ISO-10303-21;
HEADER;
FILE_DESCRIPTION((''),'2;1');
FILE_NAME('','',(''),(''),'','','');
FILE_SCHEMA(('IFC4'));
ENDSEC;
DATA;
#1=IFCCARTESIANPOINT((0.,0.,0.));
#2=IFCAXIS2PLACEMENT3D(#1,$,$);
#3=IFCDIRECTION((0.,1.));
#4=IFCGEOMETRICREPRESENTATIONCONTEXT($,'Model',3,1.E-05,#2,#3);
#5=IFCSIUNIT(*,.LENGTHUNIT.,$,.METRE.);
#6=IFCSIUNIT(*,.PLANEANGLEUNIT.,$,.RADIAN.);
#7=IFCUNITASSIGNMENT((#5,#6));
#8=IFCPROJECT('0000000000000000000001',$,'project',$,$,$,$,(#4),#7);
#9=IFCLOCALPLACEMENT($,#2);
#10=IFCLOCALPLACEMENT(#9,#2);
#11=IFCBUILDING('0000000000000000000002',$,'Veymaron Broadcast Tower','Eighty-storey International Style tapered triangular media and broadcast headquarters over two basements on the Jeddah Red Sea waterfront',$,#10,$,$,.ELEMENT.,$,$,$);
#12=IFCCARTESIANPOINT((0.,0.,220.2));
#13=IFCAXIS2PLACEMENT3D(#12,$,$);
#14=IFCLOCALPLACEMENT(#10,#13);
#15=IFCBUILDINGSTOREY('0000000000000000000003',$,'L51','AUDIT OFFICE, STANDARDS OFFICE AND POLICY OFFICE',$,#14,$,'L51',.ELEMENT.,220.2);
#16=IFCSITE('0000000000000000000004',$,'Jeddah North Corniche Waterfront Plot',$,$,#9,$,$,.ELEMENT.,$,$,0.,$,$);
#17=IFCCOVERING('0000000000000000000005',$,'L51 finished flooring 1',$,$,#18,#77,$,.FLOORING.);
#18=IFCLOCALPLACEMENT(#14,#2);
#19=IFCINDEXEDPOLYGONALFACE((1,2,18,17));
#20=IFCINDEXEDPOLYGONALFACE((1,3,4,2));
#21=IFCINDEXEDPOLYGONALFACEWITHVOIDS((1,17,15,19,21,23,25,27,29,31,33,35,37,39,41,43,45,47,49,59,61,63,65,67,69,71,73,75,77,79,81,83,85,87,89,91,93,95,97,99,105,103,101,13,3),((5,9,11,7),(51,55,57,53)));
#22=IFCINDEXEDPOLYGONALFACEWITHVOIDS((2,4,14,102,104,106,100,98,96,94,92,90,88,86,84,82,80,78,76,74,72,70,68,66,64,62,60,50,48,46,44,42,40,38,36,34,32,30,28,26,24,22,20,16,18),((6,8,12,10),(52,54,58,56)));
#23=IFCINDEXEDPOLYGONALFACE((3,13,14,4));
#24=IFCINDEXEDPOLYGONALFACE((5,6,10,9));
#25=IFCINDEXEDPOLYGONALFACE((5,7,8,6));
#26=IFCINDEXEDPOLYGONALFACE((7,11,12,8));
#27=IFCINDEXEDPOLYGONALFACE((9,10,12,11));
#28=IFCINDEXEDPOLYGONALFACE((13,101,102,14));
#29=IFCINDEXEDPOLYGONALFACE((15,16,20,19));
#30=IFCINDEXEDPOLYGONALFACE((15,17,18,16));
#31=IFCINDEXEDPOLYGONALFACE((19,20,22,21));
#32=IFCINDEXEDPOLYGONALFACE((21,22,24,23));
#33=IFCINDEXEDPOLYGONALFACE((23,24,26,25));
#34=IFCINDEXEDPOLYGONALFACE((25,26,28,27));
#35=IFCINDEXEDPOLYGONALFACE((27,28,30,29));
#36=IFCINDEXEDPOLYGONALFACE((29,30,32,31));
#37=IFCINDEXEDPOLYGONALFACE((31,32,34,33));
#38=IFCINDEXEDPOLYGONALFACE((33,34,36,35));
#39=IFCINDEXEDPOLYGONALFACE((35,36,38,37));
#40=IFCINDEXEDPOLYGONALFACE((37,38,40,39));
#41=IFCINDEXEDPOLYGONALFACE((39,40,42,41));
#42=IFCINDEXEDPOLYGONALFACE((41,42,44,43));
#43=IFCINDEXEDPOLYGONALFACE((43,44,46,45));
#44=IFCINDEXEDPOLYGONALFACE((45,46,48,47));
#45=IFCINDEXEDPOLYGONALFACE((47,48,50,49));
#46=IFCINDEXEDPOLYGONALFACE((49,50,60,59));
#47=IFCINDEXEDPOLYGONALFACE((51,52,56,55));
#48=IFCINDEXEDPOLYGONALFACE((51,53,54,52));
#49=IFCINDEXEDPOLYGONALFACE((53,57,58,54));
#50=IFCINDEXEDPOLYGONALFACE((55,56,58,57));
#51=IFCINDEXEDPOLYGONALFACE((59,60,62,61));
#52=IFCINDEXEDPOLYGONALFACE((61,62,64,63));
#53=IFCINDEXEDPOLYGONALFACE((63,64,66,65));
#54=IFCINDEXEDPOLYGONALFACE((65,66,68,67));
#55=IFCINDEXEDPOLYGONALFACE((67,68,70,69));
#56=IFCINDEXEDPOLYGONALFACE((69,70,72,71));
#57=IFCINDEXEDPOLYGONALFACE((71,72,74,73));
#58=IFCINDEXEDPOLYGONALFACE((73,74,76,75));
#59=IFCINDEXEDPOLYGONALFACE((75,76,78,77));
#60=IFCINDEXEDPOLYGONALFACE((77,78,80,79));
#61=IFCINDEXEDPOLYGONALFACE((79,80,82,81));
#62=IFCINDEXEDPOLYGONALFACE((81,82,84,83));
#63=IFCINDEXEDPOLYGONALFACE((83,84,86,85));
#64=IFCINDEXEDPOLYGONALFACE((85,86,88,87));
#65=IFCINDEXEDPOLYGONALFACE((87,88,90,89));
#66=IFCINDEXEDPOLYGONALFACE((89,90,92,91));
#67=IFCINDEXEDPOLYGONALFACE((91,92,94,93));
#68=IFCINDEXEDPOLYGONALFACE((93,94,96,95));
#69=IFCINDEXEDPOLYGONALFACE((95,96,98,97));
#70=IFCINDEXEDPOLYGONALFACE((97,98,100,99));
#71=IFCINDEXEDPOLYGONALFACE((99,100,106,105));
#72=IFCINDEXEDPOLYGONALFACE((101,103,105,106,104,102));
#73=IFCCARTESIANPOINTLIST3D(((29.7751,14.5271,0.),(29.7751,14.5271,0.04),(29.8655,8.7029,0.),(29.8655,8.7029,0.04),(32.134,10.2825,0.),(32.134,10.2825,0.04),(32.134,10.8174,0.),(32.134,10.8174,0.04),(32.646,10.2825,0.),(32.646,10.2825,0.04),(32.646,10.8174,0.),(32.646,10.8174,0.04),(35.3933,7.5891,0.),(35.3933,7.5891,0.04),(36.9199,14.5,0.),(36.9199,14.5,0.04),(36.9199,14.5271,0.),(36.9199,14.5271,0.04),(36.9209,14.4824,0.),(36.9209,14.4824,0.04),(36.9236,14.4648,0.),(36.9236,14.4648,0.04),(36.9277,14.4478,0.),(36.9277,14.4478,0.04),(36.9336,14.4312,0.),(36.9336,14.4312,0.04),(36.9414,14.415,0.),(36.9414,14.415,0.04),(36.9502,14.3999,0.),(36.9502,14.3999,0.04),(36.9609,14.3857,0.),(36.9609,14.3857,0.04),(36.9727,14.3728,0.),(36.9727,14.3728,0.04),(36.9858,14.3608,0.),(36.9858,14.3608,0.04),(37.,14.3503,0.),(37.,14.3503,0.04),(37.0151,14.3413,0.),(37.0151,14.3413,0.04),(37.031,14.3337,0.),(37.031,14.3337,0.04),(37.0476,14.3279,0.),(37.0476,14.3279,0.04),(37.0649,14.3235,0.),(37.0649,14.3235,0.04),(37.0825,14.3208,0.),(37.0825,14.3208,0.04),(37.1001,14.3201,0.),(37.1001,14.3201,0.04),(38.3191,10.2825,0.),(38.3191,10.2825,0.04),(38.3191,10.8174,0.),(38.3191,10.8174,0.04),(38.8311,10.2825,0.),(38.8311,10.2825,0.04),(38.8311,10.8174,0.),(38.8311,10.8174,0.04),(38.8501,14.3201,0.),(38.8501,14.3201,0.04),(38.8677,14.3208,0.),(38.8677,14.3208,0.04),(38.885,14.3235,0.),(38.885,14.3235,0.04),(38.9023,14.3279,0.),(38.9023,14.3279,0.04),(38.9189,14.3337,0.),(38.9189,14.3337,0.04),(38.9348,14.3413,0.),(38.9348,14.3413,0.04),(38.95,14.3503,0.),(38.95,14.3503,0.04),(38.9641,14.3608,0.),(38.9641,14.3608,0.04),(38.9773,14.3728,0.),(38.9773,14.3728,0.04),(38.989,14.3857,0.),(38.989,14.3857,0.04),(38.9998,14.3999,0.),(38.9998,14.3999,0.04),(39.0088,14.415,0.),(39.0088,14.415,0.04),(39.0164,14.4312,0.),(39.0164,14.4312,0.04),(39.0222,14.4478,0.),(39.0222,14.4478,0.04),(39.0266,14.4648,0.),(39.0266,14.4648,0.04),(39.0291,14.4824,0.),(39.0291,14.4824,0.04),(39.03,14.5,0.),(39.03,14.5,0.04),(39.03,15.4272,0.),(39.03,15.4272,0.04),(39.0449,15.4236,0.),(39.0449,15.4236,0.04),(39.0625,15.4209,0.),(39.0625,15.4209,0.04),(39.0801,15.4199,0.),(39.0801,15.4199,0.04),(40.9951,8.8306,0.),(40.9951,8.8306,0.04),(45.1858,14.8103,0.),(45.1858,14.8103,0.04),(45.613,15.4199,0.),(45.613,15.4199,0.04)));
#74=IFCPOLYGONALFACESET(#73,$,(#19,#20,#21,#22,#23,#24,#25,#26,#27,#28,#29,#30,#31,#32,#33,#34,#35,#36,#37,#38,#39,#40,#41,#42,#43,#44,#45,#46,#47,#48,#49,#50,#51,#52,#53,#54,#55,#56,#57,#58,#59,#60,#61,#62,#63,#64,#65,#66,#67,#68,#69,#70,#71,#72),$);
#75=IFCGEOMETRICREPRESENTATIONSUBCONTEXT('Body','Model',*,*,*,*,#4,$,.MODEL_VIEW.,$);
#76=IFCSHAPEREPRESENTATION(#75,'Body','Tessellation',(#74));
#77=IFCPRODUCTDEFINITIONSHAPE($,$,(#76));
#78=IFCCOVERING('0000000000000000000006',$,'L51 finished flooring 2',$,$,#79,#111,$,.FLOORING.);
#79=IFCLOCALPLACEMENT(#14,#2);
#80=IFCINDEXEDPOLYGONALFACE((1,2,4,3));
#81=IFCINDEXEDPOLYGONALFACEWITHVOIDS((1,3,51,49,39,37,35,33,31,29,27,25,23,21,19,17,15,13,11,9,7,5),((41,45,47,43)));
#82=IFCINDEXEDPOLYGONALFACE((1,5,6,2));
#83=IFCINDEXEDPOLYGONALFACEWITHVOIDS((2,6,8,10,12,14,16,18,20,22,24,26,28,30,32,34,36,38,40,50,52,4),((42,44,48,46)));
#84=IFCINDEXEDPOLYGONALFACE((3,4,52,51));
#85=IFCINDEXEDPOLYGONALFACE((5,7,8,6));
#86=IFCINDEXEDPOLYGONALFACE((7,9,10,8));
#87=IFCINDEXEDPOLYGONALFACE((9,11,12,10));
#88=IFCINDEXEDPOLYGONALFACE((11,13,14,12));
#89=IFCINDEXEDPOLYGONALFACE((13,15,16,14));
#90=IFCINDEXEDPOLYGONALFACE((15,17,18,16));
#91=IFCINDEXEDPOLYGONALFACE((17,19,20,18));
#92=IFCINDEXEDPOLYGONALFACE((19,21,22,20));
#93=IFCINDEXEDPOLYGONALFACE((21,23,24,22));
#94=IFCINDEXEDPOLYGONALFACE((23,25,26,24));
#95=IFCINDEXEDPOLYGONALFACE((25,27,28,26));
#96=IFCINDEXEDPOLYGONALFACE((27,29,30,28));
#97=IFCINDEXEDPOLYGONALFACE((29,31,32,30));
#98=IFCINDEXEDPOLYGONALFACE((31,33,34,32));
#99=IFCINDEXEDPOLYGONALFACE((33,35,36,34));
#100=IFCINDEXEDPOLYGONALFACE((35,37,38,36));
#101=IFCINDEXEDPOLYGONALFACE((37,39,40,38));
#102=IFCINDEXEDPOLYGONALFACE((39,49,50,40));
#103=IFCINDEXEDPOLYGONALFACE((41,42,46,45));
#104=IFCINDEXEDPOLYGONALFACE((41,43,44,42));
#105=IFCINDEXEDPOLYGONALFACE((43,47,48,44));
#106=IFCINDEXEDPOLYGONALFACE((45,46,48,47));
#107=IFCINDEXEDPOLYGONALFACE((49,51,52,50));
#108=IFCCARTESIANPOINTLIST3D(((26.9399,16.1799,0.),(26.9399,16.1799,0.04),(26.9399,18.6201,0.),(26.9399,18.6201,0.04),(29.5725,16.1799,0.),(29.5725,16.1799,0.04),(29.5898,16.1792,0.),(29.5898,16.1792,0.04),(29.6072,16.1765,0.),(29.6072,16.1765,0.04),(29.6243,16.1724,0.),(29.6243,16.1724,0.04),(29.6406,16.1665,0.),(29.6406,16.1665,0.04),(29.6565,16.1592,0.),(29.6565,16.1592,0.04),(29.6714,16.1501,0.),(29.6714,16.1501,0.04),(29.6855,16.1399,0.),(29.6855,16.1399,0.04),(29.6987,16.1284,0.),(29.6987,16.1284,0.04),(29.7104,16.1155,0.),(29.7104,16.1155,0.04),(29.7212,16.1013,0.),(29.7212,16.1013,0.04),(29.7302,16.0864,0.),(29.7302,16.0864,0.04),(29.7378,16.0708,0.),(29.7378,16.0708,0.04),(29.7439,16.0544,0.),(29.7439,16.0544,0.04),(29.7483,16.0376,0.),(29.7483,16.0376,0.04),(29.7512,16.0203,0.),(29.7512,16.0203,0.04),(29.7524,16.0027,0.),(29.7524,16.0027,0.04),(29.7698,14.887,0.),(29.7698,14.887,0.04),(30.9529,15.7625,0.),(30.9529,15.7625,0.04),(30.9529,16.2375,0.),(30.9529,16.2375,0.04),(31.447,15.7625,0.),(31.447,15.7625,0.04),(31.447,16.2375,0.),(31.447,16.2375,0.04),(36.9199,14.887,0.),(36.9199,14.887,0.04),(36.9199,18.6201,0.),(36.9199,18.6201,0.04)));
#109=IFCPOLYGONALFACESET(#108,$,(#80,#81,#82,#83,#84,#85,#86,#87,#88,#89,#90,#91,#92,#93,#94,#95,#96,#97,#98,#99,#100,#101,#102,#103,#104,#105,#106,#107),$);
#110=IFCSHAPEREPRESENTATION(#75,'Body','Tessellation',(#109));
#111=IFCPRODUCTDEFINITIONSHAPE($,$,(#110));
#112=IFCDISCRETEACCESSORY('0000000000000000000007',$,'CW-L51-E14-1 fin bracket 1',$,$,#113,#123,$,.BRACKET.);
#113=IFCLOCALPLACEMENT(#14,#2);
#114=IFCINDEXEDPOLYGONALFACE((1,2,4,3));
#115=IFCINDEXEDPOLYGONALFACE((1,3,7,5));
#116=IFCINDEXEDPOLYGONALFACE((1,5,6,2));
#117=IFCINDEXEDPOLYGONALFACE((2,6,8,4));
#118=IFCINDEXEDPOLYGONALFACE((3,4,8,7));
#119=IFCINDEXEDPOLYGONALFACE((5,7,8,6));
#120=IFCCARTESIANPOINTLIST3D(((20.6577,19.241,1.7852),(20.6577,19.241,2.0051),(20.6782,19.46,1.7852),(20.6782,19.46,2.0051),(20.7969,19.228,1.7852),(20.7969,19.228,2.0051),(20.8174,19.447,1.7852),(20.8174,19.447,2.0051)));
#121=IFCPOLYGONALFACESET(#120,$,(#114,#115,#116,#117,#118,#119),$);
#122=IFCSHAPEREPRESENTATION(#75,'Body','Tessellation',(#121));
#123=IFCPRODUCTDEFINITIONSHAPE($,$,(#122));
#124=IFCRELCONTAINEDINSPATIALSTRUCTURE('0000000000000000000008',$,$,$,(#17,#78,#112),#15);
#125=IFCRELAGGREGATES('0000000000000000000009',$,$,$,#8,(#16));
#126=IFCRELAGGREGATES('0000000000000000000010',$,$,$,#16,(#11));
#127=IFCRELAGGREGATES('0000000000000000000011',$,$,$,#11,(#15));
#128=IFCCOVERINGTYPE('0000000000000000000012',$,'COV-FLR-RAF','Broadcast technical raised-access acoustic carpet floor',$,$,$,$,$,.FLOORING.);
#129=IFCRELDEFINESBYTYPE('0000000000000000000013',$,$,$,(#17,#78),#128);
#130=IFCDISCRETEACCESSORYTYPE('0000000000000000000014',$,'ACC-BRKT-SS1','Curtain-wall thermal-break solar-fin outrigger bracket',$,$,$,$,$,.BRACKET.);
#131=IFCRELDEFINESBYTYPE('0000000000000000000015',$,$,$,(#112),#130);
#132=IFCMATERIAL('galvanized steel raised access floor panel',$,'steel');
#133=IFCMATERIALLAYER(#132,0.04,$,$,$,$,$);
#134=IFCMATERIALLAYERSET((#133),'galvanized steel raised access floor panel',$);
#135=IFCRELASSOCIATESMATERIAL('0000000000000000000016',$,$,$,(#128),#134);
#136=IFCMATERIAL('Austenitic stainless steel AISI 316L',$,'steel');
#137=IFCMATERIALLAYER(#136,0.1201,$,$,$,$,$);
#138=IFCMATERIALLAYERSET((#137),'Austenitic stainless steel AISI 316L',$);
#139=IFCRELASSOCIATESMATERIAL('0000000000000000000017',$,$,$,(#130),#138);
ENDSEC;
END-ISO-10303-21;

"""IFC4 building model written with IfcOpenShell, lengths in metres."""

from ifc_helpers import new_model, si_unit, direction, frame, origin, origin_2d, place, context, subcontext, project, spatial, polyline, rectangle, outline, extrude, material, layer, layer_set, type_object, element, save


model = new_model("IFC4")

# Units and contexts
model_context = context("Model", 3, precision=1e-05, world=origin(), true_north=direction((0.0, 1.0)))
body_context = subcontext(model_context, "Body", "Model", "MODEL_VIEW")
ifc_project = project(units=[si_unit("LENGTHUNIT", "METRE"), si_unit("PLANEANGLEUNIT", "RADIAN")], contexts=[model_context])

# Site, building, storey
site_placement = place(None, origin())
site = spatial("IfcSite", under=ifc_project, at=site_placement, Name="Jeddah North Corniche Waterfront Plot", CompositionType="ELEMENT", RefElevation=0.0)
building_placement = place(site_placement, origin())
building = spatial("IfcBuilding", under=site, at=building_placement, Name="Veymaron Broadcast Tower", Description="Eighty-storey International Style tapered triangular media and broadcast headquarters over two basements on the Jeddah Red Sea waterfront", CompositionType="ELEMENT")
storey_placement = place(building_placement, frame((0.0, 0.0, 220.2)))
storey = spatial("IfcBuildingStorey", under=building, at=storey_placement, Name="L51", Description="AUDIT OFFICE, STANDARDS OFFICE AND POLICY OFFICE", LongName="L51", CompositionType="ELEMENT", Elevation=220.2)

# Coverings
ifc_material_1 = material(Name="galvanized steel raised access floor panel", Category="steel")
ifc_layer_1 = layer(ifc_material_1, 0.04)
ifc_layer_set_1 = layer_set([ifc_layer_1], Name="galvanized steel raised access floor panel")
covering_type_1 = type_object("IfcCoveringType", Name="COV-FLR-RAF", Description="Broadcast technical raised-access acoustic carpet floor", PredefinedType="FLOORING", material=ifc_layer_set_1)
covering_1_placement = place(storey_placement, origin())
element("IfcCovering", 1, at=covering_1_placement, inside=storey, type_object=covering_type_1, Name="L51 finished flooring 1", PredefinedType="FLOORING", context=body_context, shape_type="SweptSolid", body=[
    extrude(outline(polyline([(37.031, 14.3337), (37.0476, 14.3279), (37.0649, 14.3235), (37.0825, 14.3208), (37.1001, 14.3201), (38.8501, 14.3201), (38.8677, 14.3208), (38.885, 14.3235), (38.9023, 14.3279), (38.9189, 14.3337), (38.9348, 14.3413), (38.95, 14.3503), (38.9641, 14.3608), (38.9773, 14.3728), (38.989, 14.3857), (38.9998, 14.3999), (39.0088, 14.415), (39.0164, 14.4312), (39.0222, 14.4478), (39.0266, 14.4648), (39.0291, 14.4824), (39.03, 14.5), (39.03, 15.4272), (39.0449, 15.4236), (39.0625, 15.4209), (39.0801, 15.4199), (45.613, 15.4199), (45.1858, 14.8103), (40.9951, 8.8306), (35.3933, 7.5891), (29.8655, 8.7029), (29.7751, 14.5271), (36.9199, 14.5271), (36.9199, 14.5), (36.9209, 14.4824), (36.9236, 14.4648), (36.9277, 14.4478), (36.9336, 14.4312), (36.9414, 14.415), (36.9502, 14.3999), (36.9609, 14.3857), (36.9727, 14.3728), (36.9858, 14.3608), (37.0, 14.3503), (37.0151, 14.3413), (37.031, 14.3337)]), holes=[polyline([(38.8311, 10.8174), (38.3191, 10.8174), (38.3191, 10.2825), (38.8311, 10.2825), (38.8311, 10.8174)]), polyline([(32.134, 10.8174), (32.134, 10.2825), (32.646, 10.2825), (32.646, 10.8174), (32.134, 10.8174)])]), origin(), (0.0, 0.0, 1.0), 0.04),
])
covering_2_placement = place(storey_placement, origin())
element("IfcCovering", 2, at=covering_2_placement, inside=storey, type_object=covering_type_1, Name="L51 finished flooring 2", PredefinedType="FLOORING", context=body_context, shape_type="SweptSolid", body=[
    extrude(outline(polyline([(29.6565, 16.1592), (29.6406, 16.1665), (29.6243, 16.1724), (29.6072, 16.1765), (29.5898, 16.1792), (29.5725, 16.1799), (26.9399, 16.1799), (26.9399, 18.6201), (36.9199, 18.6201), (36.9199, 14.887), (29.7698, 14.887), (29.7524, 16.0027), (29.7512, 16.0203), (29.7483, 16.0376), (29.7439, 16.0544), (29.7378, 16.0708), (29.7302, 16.0864), (29.7212, 16.1013), (29.7104, 16.1155), (29.6987, 16.1284), (29.6855, 16.1399), (29.6714, 16.1501), (29.6565, 16.1592)]), holes=[polyline([(30.9529, 16.2375), (30.9529, 15.7625), (31.447, 15.7625), (31.447, 16.2375), (30.9529, 16.2375)])]), origin(), (0.0, 0.0, 1.0), 0.04),
])

# Discrete accessory
ifc_material_2 = material(Name="Austenitic stainless steel AISI 316L", Category="steel")
ifc_layer_2 = layer(ifc_material_2, 0.1201)
ifc_layer_set_2 = layer_set([ifc_layer_2], Name="Austenitic stainless steel AISI 316L")
discrete_accessory_type = type_object("IfcDiscreteAccessoryType", Name="ACC-BRKT-SS1", Description="Curtain-wall thermal-break solar-fin outrigger bracket", PredefinedType="BRACKET", material=ifc_layer_set_2)
discrete_accessory_placement = place(storey_placement, frame((20.7375, 19.344, 1.7852), z_axis=(0.0, 0.0, 1.0), x_axis=(-0.093257, -0.995642, 0.0)))
element("IfcDiscreteAccessory", 3, at=discrete_accessory_placement, inside=storey, type_object=discrete_accessory_type, Name="CW-L51-E14-1 fin bracket 1", PredefinedType="BRACKET", context=body_context, shape_type="SweptSolid", body=[
    extrude(rectangle(XDim=0.22, YDim=0.1399, at=origin_2d()), origin(), (0.0, 0.0, 1.0), 0.22),
])

save(model, "model.ifc")
